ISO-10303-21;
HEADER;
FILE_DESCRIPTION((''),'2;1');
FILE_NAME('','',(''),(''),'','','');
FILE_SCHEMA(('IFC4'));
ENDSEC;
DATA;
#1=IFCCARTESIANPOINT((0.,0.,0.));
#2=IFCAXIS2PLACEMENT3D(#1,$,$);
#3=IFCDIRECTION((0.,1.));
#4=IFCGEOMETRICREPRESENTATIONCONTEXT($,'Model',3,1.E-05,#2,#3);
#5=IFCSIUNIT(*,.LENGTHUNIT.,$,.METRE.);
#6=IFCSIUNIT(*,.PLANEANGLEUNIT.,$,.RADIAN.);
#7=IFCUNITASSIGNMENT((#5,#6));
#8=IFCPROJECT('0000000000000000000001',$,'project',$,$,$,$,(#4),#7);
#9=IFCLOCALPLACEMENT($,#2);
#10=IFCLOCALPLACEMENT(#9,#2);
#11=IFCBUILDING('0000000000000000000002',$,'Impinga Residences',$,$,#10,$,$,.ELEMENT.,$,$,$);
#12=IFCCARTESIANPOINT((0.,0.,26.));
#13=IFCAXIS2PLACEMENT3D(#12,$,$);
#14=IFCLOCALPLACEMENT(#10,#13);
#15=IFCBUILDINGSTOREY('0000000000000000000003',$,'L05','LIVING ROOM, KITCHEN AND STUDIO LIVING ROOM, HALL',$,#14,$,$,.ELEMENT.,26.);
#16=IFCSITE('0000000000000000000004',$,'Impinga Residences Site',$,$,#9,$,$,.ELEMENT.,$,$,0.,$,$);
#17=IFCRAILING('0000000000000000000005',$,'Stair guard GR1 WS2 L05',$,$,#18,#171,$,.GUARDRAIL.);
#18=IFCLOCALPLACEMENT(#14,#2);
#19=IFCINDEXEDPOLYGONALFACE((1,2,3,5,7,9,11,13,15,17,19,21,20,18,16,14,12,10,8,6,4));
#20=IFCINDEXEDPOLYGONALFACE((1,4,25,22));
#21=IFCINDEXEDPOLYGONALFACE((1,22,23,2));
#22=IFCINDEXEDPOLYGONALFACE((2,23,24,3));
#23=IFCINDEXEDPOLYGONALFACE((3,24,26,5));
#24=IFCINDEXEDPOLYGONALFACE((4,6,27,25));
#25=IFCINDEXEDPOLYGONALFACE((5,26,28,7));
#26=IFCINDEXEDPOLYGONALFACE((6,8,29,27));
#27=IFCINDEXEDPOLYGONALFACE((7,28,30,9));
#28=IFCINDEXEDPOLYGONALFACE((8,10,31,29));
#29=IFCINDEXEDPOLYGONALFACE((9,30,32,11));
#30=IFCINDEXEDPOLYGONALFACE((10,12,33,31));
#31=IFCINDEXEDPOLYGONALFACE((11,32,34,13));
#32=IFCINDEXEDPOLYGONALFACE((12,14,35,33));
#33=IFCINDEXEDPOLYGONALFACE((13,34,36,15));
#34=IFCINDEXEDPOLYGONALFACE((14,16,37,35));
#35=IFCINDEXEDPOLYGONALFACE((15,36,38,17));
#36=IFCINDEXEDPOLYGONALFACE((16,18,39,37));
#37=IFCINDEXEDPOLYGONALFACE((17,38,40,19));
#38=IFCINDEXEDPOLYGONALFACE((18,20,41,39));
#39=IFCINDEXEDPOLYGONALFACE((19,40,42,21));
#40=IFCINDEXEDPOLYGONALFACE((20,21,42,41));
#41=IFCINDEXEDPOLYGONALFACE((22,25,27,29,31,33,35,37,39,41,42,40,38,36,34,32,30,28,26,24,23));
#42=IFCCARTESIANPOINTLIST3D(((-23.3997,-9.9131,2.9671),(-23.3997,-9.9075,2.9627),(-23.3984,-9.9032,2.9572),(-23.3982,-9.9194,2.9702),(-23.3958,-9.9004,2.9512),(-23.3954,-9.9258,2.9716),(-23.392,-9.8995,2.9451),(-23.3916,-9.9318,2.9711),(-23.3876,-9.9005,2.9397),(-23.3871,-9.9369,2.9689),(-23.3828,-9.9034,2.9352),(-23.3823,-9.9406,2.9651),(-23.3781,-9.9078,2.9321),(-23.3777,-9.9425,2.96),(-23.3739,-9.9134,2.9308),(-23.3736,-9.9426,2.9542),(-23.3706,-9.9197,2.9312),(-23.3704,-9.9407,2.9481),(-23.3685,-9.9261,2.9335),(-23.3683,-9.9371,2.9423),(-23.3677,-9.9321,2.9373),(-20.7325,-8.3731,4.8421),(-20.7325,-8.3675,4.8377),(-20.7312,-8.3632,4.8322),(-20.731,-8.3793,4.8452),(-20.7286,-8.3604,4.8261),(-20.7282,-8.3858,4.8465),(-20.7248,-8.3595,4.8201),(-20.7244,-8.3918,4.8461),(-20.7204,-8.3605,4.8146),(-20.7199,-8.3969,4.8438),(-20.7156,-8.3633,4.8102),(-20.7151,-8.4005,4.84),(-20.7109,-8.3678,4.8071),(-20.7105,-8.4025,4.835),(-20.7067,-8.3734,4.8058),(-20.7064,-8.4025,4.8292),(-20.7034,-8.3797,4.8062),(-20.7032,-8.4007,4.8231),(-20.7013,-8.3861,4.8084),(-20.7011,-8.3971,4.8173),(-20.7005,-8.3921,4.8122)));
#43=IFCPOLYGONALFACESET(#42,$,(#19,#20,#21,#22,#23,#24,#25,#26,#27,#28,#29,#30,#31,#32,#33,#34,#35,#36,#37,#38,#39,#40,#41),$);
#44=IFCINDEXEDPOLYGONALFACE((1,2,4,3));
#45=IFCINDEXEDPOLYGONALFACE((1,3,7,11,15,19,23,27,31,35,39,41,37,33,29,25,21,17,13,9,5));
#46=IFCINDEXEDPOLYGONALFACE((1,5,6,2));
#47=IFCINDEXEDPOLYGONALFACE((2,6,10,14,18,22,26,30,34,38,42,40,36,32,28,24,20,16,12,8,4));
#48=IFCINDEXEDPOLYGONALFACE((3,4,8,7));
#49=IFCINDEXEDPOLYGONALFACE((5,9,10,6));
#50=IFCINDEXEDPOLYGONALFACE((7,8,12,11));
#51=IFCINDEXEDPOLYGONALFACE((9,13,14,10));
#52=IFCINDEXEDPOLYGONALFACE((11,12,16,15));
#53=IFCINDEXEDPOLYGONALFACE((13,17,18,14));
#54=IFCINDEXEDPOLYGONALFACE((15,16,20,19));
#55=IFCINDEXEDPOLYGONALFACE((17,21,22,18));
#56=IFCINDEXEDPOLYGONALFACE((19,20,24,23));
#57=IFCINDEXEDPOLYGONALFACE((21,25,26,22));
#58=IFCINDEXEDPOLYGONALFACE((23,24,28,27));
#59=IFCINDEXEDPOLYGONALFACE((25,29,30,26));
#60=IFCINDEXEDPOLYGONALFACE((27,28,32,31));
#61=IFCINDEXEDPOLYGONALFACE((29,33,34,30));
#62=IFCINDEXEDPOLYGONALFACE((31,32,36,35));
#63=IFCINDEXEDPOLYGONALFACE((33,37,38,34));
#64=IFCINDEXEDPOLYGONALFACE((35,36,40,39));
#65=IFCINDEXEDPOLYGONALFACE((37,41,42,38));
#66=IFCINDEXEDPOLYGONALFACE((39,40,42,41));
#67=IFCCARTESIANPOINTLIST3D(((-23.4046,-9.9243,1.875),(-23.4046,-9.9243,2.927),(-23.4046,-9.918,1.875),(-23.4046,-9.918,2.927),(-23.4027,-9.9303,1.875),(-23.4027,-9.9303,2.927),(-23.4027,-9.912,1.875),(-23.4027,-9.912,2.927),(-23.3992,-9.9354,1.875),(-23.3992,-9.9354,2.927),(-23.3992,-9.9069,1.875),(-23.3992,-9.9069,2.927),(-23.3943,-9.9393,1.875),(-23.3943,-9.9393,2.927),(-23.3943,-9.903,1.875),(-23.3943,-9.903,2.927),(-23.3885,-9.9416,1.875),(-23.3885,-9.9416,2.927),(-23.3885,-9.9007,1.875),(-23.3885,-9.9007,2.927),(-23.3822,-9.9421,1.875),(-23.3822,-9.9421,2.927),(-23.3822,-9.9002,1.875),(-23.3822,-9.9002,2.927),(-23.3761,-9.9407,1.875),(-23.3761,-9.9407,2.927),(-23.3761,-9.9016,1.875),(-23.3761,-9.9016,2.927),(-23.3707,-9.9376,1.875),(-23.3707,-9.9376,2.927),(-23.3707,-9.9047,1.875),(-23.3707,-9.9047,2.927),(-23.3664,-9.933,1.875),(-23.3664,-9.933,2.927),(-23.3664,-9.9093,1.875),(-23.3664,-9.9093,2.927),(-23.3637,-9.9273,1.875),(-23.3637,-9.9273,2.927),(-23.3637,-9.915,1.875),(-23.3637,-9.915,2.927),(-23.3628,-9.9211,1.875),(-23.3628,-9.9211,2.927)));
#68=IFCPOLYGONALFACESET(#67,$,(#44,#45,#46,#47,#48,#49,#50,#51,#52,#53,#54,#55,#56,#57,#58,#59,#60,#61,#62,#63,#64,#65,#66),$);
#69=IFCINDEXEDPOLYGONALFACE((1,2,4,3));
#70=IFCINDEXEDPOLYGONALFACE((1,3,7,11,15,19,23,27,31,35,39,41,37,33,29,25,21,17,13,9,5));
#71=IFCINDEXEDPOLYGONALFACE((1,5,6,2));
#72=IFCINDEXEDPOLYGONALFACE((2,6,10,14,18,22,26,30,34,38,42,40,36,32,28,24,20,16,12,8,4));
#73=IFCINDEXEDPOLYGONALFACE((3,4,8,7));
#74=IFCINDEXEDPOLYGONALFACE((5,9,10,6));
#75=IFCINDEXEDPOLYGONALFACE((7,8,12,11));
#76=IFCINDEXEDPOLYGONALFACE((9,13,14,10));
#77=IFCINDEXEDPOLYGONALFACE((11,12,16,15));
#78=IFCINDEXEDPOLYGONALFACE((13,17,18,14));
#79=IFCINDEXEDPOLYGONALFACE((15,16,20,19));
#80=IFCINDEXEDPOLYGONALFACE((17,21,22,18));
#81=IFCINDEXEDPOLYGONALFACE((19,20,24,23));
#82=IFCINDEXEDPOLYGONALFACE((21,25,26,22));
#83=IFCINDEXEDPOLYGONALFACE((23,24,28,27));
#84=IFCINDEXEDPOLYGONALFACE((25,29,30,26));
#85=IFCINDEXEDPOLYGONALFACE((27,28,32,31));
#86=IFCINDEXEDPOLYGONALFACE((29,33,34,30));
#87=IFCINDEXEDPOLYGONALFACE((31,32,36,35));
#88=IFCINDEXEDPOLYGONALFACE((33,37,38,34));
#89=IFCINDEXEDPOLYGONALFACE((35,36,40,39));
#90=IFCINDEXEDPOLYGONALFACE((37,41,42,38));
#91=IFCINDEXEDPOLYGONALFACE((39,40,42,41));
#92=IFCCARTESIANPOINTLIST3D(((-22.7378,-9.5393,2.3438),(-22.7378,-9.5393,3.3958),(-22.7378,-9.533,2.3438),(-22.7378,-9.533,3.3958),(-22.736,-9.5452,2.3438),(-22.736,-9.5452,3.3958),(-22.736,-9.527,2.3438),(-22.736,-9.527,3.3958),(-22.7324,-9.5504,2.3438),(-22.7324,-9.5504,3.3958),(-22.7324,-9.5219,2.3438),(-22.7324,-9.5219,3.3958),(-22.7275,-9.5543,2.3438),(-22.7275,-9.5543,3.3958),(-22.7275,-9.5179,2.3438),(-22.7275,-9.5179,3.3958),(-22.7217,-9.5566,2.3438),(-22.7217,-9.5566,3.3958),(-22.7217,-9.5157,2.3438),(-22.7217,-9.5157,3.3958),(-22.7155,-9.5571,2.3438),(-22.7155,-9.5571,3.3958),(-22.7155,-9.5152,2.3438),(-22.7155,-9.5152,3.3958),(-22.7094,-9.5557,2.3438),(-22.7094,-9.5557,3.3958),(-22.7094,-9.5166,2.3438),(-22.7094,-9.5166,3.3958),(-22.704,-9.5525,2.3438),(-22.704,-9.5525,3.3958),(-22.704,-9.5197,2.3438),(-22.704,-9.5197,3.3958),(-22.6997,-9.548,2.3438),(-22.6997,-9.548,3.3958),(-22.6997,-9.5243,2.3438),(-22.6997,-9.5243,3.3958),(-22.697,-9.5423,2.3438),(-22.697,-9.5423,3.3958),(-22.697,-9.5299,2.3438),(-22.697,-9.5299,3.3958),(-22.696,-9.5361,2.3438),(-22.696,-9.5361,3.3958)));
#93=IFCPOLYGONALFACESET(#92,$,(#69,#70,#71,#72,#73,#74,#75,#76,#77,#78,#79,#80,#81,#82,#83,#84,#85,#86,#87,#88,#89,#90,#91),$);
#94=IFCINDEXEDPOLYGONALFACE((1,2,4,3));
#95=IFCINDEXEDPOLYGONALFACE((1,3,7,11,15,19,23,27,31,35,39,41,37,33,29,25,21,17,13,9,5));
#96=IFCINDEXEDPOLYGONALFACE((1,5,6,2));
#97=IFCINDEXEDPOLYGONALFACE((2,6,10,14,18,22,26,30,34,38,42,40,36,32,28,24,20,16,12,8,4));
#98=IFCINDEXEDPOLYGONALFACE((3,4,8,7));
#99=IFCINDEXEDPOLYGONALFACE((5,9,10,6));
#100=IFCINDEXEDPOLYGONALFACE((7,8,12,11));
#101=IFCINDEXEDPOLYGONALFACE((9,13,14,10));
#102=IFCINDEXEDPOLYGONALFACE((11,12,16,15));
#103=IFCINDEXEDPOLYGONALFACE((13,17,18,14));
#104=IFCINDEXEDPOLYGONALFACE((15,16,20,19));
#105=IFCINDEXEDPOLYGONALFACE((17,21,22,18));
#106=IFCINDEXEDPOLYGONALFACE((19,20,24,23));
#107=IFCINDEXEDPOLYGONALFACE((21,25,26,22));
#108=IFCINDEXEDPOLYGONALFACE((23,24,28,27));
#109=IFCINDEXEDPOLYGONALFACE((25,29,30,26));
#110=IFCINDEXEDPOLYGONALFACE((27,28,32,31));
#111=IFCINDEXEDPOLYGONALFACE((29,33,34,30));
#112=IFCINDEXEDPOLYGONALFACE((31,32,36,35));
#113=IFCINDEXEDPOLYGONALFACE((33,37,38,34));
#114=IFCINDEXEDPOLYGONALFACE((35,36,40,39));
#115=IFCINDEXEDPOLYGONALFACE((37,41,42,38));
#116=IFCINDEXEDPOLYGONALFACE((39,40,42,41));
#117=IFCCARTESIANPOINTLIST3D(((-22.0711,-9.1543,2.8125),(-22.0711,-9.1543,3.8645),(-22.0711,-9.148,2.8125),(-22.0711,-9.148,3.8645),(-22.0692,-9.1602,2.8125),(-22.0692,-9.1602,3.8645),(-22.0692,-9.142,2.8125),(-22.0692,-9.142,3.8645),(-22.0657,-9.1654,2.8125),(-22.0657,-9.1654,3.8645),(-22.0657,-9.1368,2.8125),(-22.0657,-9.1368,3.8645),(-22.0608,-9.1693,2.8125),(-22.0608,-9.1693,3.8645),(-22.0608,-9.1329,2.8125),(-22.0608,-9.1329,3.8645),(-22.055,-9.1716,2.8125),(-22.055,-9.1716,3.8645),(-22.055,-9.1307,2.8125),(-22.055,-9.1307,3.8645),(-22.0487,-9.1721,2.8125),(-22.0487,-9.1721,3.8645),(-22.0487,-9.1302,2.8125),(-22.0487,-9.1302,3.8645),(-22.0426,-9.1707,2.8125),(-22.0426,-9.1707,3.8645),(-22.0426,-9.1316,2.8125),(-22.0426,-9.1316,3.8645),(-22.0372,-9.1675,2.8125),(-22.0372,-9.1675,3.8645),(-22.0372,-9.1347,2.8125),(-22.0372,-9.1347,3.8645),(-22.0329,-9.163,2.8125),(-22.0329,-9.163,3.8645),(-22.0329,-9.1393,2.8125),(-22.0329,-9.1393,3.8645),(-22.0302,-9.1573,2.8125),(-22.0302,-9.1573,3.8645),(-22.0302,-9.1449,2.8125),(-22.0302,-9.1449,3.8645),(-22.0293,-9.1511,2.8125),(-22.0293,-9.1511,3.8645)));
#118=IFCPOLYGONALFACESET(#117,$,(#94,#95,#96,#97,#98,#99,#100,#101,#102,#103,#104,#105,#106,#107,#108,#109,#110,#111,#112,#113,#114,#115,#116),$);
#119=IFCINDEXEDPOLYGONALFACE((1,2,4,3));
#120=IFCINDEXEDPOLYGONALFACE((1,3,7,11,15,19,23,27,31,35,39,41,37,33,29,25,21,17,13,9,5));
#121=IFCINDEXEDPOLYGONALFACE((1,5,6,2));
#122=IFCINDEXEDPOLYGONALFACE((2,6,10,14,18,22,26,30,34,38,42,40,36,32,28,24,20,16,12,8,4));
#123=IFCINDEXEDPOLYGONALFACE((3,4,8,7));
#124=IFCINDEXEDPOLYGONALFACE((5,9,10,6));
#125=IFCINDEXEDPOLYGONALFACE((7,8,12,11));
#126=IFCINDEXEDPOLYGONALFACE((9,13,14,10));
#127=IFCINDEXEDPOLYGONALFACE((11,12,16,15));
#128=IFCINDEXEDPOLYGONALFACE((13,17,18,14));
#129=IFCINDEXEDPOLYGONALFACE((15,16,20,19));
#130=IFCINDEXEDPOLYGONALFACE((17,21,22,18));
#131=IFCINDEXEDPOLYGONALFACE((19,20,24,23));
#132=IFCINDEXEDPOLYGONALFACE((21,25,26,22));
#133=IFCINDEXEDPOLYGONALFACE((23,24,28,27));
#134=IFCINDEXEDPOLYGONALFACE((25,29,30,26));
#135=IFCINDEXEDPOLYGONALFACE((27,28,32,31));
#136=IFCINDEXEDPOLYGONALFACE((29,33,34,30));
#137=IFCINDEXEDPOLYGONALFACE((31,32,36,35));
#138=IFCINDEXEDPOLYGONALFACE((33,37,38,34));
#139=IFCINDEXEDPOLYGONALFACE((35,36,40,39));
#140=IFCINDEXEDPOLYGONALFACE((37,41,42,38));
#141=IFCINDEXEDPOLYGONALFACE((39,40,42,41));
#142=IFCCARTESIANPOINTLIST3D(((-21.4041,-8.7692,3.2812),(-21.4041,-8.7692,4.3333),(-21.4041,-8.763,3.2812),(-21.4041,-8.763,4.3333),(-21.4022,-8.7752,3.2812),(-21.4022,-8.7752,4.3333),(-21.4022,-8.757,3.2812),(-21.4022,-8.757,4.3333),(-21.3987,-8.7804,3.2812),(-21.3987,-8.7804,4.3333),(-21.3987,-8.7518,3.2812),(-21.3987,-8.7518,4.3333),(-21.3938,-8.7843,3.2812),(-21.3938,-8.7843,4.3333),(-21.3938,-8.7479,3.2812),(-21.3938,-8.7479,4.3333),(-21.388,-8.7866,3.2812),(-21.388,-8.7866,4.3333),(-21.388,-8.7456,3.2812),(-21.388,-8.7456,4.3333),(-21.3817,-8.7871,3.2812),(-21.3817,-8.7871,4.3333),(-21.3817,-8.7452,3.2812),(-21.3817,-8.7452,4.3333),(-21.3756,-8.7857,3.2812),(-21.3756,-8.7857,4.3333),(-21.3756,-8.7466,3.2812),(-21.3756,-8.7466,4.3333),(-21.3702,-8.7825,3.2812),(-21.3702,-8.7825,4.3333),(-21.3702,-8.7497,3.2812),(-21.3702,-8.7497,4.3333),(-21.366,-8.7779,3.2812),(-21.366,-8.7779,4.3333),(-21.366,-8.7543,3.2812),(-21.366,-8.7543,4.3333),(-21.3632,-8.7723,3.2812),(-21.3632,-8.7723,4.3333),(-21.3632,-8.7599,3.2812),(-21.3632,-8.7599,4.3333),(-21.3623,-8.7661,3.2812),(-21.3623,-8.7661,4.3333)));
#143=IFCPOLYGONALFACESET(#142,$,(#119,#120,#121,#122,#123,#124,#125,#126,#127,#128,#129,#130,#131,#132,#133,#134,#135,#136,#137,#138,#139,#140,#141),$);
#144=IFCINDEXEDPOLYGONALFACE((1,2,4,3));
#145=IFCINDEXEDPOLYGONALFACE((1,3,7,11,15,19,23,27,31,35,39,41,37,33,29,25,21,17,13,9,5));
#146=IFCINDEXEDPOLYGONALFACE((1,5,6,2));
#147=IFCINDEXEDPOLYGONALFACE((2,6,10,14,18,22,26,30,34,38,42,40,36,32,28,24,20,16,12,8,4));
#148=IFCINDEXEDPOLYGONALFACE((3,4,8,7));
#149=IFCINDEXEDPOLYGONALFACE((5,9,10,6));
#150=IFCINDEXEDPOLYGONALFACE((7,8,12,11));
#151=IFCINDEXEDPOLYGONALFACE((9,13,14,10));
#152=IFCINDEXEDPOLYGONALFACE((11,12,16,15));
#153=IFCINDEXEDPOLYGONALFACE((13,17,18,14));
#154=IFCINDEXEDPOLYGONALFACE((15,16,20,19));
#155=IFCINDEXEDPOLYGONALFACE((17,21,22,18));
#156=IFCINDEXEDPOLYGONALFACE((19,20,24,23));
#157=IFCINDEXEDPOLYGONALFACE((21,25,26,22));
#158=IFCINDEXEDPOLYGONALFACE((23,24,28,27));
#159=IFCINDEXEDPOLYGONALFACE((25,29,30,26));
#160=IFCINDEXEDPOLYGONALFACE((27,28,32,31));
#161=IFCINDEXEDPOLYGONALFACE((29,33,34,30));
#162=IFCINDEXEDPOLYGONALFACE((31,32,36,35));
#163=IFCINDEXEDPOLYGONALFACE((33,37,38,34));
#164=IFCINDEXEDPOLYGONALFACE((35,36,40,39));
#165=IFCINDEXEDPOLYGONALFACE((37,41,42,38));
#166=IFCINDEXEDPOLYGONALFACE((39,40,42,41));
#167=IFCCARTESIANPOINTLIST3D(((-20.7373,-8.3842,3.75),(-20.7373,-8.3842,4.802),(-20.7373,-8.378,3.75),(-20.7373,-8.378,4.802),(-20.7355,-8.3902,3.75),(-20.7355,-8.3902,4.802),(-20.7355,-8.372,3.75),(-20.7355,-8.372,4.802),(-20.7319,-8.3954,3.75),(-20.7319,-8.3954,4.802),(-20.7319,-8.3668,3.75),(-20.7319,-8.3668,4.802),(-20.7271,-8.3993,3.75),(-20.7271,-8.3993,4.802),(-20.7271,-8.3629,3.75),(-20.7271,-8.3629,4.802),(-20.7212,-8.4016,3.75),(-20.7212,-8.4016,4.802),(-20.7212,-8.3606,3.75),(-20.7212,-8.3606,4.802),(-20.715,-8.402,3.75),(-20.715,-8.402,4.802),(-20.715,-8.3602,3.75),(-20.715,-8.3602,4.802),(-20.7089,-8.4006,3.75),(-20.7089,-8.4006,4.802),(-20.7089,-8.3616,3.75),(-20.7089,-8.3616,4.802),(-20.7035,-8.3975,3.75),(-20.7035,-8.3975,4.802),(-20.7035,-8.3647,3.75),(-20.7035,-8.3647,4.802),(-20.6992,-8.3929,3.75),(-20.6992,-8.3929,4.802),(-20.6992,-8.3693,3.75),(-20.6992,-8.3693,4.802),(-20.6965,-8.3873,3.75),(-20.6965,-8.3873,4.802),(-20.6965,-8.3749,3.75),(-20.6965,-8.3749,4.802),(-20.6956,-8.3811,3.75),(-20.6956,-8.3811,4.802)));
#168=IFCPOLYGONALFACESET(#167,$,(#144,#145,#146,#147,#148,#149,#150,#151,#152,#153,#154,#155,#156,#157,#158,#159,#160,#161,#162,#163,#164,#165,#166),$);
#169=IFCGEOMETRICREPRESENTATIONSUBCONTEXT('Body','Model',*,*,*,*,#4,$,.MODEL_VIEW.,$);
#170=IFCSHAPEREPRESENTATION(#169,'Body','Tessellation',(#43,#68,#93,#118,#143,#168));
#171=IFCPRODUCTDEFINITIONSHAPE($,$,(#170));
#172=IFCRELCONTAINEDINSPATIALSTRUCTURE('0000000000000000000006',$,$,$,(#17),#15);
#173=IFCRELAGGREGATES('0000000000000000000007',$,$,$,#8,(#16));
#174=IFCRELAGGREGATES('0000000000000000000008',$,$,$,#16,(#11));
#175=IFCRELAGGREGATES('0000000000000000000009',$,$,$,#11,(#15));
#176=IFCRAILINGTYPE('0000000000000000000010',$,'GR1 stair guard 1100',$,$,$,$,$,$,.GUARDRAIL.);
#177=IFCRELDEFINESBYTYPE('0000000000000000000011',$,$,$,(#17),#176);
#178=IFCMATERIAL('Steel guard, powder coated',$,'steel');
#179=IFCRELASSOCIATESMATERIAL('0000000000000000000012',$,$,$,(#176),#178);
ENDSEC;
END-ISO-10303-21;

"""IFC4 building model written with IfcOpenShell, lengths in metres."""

from ifc_helpers import new_model, si_unit, direction, frame, origin, origin_2d, place, context, subcontext, project, spatial, circle, extrude, material, type_object, element, save


model = new_model("IFC4")

# Units and contexts
model_context = context("Model", 3, precision=1e-05, world=origin(), true_north=direction((0.0, 1.0)))
body_context = subcontext(model_context, "Body", "Model", "MODEL_VIEW")
ifc_project = project(units=[si_unit("LENGTHUNIT", "METRE"), si_unit("PLANEANGLEUNIT", "RADIAN")], contexts=[model_context])

# Site, building, storey
site_placement = place(None, origin())
site = spatial("IfcSite", under=ifc_project, at=site_placement, Name="Impinga Residences Site", CompositionType="ELEMENT", RefElevation=0.0)
building_placement = place(site_placement, origin())
building = spatial("IfcBuilding", under=site, at=building_placement, Name="Impinga Residences", CompositionType="ELEMENT")
storey_placement = place(building_placement, frame((0.0, 0.0, 26.0)))
storey = spatial("IfcBuildingStorey", under=building, at=storey_placement, Name="L05", Description="LIVING ROOM, KITCHEN AND STUDIO LIVING ROOM, HALL", CompositionType="ELEMENT", Elevation=26.0)

# Railing
ifc_material_1 = material(Name="Steel guard, powder coated", Category="steel")
railing_type_1 = type_object("IfcRailingType", Name="GR1 stair guard 1100", PredefinedType="GUARDRAIL", material=ifc_material_1)
railing_1_placement = place(storey_placement, frame((-23.3838, -9.9211, 1.875)))
element("IfcRailing", 1, at=railing_1_placement, inside=storey, type_object=railing_type_1, Name="Stair guard GR1 WS2 L05", PredefinedType="GUARDRAIL", context=body_context, shape_type="SweptSolid", body=[
    extrude(circle(Radius=0.0239, at=origin_2d()), frame((0.0, 0.0, 1.0762), z_axis=(0.739716, 0.427105, 0.520002), x_axis=(-0.500027, 0.86601, 0.0)), (0.0, 0.0, 1.0), 3.6057),
    extrude(circle(Radius=0.021, at=origin_2d()), origin(), (0.0, 0.0, 1.0), 1.052),
    extrude(circle(Radius=0.021, at=origin_2d()), frame((0.6667, 0.385, 0.4688)), (0.0, 0.0, 1.0), 1.052),
    extrude(circle(Radius=0.021, at=origin_2d()), frame((1.3335, 0.77, 0.9375)), (0.0, 0.0, 1.0), 1.052),
    extrude(circle(Radius=0.021, at=origin_2d()), frame((2.0005, 1.155, 1.4062)), (0.0, 0.0, 1.0), 1.052),
    extrude(circle(Radius=0.021, at=origin_2d()), frame((2.6672, 1.54, 1.875)), (0.0, 0.0, 1.0), 1.052),
])

save(model, "model.ifc")
